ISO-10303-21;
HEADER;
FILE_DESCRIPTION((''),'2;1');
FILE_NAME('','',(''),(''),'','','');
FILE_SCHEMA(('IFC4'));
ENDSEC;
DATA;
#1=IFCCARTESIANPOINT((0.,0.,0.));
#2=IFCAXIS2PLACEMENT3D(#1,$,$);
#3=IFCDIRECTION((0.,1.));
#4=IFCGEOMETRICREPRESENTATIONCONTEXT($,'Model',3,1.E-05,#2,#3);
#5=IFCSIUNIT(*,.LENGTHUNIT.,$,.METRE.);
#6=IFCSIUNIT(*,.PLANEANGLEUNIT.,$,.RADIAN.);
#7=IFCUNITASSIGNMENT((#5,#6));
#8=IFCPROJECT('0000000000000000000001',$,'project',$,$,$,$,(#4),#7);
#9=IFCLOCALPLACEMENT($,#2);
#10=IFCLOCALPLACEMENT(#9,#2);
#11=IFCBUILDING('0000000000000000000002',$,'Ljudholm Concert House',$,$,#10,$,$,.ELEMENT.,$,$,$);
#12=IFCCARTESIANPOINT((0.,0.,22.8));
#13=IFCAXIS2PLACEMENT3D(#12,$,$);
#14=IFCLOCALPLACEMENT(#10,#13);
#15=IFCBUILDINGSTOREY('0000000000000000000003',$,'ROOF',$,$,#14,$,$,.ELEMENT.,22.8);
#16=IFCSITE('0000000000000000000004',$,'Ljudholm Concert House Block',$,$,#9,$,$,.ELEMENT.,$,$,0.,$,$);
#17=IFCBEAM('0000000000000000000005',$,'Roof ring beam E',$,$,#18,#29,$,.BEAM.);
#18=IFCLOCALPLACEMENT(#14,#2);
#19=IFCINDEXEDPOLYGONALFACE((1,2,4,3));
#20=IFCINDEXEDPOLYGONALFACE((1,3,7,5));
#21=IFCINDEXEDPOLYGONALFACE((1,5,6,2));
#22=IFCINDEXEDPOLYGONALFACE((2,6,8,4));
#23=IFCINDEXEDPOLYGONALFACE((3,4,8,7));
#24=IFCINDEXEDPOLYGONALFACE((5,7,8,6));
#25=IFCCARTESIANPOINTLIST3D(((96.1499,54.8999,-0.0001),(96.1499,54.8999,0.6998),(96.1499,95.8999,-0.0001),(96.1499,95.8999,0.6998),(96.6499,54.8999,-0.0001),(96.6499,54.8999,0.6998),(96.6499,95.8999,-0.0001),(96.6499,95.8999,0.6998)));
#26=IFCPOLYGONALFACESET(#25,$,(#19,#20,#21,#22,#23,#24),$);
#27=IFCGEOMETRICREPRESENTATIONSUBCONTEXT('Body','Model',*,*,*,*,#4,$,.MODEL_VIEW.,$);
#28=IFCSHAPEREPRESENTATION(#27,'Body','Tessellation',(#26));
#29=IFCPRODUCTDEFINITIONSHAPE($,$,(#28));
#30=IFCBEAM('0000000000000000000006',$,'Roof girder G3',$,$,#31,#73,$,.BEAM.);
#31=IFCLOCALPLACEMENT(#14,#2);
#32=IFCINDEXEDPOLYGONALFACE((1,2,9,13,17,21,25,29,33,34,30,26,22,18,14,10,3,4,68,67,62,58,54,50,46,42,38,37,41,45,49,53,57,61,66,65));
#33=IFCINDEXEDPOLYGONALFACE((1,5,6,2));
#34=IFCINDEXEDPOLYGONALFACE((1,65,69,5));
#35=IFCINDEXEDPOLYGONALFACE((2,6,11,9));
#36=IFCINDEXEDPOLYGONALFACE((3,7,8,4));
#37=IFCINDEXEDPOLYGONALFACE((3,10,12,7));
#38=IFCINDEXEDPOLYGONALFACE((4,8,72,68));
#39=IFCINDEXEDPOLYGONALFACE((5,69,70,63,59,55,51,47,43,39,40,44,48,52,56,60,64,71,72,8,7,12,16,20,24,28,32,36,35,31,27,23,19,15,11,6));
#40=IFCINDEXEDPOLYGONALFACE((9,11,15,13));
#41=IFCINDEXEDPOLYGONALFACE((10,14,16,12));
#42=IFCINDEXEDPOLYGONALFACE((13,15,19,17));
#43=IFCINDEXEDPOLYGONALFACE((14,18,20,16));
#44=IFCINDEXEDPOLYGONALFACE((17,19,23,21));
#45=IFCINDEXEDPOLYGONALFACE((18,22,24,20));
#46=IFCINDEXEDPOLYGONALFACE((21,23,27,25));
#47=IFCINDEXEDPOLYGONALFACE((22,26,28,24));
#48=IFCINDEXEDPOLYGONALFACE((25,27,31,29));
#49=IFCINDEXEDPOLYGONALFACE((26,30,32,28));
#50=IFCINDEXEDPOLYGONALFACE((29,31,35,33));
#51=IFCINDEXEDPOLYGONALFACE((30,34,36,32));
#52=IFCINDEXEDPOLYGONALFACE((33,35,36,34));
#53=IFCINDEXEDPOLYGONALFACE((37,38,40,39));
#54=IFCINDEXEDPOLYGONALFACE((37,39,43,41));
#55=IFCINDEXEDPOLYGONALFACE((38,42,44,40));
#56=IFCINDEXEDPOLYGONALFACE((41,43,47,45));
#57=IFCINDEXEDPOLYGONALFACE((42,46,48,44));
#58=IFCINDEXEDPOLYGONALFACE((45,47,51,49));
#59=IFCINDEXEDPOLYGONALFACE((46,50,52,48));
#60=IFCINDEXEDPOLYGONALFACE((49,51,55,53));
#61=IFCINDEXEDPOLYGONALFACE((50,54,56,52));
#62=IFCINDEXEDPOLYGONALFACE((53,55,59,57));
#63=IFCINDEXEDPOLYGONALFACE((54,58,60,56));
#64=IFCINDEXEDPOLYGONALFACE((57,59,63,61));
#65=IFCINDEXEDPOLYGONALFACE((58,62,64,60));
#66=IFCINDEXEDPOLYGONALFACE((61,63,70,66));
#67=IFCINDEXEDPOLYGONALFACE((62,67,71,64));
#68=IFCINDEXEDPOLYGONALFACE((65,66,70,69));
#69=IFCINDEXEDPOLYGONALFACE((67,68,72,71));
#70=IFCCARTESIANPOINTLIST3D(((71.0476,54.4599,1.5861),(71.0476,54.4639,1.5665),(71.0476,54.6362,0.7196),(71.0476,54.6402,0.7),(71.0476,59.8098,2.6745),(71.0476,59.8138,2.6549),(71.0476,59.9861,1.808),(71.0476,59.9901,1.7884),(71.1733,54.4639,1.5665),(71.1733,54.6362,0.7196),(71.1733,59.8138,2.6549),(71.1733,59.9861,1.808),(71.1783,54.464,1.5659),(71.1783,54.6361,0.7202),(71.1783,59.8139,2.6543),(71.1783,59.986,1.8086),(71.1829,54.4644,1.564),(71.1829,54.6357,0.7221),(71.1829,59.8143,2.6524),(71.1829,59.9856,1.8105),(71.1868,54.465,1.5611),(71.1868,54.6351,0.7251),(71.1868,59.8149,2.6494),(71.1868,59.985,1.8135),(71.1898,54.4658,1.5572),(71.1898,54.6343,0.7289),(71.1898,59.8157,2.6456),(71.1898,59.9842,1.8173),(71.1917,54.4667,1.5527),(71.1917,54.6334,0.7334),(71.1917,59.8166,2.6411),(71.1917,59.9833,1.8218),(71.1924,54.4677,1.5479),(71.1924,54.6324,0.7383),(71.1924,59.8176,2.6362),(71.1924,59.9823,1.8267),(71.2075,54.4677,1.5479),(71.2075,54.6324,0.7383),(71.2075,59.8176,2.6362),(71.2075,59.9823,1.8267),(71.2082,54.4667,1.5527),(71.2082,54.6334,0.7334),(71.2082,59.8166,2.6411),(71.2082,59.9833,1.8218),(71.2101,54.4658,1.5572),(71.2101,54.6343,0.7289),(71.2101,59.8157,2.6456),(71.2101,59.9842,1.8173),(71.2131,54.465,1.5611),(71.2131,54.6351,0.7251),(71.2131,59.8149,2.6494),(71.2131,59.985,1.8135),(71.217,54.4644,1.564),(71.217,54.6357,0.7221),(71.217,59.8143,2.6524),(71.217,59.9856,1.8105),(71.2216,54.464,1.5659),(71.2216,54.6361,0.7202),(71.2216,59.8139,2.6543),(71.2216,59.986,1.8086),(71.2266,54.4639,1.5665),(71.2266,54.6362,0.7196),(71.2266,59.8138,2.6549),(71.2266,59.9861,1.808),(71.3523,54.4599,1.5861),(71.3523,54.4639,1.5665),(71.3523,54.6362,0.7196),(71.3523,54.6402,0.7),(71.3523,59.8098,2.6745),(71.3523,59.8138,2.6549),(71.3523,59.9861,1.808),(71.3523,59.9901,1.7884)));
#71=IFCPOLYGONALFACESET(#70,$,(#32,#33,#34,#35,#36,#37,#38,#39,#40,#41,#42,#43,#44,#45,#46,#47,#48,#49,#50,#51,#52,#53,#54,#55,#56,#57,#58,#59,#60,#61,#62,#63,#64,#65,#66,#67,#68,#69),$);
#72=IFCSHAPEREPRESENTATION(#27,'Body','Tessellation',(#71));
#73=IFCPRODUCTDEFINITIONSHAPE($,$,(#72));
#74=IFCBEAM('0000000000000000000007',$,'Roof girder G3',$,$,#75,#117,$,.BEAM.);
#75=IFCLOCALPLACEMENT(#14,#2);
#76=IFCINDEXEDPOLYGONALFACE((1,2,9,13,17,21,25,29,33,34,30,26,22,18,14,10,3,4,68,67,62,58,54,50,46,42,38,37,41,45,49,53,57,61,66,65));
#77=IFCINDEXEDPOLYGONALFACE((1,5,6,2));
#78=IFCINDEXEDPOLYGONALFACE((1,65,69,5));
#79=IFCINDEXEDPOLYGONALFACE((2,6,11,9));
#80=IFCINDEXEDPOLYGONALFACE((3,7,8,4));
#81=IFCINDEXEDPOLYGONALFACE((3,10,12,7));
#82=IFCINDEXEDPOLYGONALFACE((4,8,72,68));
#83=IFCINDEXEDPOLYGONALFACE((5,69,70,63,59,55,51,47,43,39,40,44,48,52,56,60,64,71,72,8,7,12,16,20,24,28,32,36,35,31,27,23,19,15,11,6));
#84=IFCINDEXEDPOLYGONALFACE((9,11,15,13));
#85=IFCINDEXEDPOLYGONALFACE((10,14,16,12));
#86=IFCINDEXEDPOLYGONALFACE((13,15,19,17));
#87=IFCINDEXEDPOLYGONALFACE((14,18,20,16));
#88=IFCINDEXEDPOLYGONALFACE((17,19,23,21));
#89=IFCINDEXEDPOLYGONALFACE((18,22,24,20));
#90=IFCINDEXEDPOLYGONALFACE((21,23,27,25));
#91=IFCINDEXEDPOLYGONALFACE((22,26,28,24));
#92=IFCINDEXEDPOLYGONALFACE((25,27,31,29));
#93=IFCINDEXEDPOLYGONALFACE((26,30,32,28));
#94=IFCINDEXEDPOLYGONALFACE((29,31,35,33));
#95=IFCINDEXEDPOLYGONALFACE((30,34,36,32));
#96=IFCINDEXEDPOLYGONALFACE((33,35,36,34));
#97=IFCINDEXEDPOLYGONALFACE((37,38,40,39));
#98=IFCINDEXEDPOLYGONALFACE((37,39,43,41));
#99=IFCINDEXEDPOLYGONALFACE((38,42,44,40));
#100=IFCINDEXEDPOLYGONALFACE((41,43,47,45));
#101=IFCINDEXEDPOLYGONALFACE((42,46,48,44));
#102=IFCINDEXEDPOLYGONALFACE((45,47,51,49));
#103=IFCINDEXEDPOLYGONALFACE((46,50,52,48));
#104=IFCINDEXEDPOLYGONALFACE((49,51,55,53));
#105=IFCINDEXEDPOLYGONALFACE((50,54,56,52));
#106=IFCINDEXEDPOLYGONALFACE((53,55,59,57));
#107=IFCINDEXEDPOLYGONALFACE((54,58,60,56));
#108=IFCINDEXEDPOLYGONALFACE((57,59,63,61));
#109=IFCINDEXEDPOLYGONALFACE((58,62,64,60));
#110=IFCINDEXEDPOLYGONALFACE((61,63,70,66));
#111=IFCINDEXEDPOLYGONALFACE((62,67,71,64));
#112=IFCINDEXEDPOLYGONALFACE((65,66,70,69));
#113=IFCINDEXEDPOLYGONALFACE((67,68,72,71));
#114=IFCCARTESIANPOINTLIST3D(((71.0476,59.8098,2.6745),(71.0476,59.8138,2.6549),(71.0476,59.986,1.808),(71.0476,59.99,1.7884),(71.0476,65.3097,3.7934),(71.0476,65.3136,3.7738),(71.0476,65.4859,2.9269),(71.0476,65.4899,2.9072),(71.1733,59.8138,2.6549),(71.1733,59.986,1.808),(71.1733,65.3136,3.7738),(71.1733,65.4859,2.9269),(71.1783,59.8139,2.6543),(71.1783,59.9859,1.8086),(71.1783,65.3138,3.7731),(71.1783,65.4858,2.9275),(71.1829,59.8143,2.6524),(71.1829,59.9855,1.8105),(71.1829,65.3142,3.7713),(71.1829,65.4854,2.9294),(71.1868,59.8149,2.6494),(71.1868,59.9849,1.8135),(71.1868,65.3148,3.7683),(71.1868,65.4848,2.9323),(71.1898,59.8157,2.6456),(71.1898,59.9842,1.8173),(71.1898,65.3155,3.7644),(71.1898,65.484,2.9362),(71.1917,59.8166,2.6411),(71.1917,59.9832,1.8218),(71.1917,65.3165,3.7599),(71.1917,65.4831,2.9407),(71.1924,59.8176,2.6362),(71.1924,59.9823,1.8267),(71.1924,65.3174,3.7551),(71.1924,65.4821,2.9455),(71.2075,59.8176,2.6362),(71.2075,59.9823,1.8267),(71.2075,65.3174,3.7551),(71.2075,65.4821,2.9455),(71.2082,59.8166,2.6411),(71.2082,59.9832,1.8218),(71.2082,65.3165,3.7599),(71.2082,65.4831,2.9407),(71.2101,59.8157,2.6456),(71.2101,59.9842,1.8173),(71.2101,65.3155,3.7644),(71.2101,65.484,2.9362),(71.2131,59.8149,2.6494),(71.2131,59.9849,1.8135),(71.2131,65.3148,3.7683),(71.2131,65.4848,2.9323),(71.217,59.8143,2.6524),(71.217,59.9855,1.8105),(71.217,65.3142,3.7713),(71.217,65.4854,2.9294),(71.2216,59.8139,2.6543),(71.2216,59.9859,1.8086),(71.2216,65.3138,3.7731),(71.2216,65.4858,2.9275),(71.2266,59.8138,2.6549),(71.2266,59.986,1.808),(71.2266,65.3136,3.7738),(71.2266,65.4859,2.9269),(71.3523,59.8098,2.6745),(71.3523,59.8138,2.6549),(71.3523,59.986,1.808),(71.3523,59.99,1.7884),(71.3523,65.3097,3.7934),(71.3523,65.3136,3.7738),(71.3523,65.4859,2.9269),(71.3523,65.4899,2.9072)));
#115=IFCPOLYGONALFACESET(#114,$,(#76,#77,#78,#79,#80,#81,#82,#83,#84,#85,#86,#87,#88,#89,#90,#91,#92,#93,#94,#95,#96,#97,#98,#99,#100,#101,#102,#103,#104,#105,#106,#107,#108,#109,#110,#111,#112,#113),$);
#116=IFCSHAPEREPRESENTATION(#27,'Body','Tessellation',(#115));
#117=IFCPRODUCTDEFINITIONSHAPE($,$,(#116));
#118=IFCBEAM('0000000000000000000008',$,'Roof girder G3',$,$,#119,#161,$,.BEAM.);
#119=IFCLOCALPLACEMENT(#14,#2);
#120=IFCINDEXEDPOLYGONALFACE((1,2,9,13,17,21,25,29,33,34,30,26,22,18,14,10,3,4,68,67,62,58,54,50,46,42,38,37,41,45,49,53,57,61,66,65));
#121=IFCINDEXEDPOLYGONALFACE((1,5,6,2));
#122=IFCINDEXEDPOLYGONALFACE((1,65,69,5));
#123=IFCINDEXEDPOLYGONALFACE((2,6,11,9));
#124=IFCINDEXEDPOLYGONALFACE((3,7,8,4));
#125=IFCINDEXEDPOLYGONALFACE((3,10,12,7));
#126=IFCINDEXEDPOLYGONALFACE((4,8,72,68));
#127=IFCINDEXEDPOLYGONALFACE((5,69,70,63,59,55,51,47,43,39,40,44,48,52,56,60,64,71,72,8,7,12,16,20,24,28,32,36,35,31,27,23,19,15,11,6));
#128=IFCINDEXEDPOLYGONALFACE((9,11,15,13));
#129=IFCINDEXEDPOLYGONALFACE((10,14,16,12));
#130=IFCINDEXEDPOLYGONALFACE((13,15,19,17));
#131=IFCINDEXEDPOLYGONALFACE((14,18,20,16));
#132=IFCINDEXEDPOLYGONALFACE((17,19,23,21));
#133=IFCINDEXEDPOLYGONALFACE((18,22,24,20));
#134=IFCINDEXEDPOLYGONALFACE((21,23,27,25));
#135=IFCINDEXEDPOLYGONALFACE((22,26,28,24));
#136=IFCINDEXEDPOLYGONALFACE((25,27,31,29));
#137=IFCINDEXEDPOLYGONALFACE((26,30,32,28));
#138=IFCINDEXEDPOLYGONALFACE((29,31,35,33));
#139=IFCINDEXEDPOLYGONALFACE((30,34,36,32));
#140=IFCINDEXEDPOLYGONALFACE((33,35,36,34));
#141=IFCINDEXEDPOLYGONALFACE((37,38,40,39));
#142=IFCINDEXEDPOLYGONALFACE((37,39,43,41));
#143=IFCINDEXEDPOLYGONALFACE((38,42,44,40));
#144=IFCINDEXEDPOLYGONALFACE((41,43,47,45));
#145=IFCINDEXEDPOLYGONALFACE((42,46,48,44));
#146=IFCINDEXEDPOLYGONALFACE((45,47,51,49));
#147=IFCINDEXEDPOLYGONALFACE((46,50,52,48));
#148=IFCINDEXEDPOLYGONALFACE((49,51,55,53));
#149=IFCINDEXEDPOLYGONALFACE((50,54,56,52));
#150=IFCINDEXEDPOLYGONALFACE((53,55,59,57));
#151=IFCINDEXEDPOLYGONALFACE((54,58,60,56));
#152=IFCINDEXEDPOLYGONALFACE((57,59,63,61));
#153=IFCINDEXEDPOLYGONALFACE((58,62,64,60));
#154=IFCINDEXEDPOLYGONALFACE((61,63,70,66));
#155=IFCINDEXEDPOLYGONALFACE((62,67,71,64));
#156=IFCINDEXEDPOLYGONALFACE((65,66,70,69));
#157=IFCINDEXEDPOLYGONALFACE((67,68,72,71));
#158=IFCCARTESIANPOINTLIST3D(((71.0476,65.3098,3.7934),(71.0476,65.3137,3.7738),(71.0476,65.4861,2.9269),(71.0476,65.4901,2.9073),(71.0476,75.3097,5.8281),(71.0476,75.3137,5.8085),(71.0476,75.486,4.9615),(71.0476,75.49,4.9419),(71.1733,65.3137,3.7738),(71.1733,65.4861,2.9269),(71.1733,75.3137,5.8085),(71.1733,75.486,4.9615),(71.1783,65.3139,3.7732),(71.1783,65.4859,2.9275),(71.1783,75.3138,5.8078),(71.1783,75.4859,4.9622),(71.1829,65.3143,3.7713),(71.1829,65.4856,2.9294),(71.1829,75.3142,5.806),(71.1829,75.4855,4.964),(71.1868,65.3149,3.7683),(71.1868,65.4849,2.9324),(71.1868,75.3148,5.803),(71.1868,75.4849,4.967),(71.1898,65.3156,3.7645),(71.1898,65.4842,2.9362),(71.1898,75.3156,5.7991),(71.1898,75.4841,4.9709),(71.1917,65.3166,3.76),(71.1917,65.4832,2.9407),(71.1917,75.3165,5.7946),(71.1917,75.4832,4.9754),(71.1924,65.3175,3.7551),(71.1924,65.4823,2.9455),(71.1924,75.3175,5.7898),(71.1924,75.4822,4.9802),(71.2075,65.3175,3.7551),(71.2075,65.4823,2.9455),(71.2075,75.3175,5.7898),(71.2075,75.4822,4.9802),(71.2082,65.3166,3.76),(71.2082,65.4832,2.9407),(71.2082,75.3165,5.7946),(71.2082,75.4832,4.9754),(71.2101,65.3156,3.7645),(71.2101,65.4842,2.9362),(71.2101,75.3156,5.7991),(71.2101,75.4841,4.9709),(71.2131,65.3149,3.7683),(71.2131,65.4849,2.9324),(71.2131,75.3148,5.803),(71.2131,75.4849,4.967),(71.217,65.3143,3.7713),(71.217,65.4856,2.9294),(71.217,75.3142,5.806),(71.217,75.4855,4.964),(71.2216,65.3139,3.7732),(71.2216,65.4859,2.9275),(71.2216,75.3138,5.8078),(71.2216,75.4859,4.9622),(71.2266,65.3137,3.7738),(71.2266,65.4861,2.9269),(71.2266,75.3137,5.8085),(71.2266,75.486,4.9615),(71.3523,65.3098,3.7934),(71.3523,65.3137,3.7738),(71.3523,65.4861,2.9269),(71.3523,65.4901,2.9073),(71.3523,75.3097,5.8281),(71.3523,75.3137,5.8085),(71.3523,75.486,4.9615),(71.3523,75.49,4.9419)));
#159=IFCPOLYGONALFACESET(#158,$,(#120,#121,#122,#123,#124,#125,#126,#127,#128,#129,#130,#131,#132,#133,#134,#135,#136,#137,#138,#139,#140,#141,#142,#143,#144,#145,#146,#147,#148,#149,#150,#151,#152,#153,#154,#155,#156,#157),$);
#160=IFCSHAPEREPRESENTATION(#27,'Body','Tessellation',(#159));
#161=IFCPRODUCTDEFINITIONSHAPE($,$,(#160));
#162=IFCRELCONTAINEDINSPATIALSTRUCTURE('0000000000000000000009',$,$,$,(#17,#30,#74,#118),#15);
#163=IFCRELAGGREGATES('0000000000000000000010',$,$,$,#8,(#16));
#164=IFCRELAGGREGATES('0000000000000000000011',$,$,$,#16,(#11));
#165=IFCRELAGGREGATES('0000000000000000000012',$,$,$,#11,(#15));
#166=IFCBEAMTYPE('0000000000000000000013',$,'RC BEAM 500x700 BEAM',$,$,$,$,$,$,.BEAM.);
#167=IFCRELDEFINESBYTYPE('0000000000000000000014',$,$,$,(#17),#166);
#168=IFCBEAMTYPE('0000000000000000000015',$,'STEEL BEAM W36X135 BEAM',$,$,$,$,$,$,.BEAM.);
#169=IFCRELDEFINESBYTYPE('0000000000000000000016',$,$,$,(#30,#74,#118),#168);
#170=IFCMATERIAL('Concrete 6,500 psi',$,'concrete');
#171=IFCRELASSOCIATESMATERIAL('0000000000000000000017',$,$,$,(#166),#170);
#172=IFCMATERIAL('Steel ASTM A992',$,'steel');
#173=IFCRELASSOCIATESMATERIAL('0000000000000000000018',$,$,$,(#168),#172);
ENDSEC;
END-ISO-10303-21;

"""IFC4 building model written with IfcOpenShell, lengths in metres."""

from ifc_helpers import new_model, si_unit, direction, frame, origin, origin_2d, place, context, subcontext, project, spatial, rectangle, i_section, extrude, material, material_profile, profile_set, type_object, element, save


model = new_model("IFC4")

# Units and contexts
model_context = context("Model", 3, precision=1e-05, world=origin(), true_north=direction((0.0, 1.0)))
body_context = subcontext(model_context, "Body", "Model", "MODEL_VIEW")
ifc_project = project(units=[si_unit("LENGTHUNIT", "METRE"), si_unit("PLANEANGLEUNIT", "RADIAN")], contexts=[model_context])

# Site, building, storey
site_placement = place(None, origin())
site = spatial("IfcSite", under=ifc_project, at=site_placement, Name="Ljudholm Concert House Block", CompositionType="ELEMENT", RefElevation=0.0)
building_placement = place(site_placement, origin())
building = spatial("IfcBuilding", under=site, at=building_placement, Name="Ljudholm Concert House", CompositionType="ELEMENT")
storey_placement = place(building_placement, frame((0.0, 0.0, 22.8)))
storey = spatial("IfcBuildingStorey", under=building, at=storey_placement, Name="ROOF", CompositionType="ELEMENT", Elevation=22.8)

# Beams
ifc_material_1 = material(Name="Concrete 6,500 psi", Category="concrete")
ifc_material_profile_1 = material_profile(ifc_material_1, rectangle(XDim=0.5, YDim=0.7, at=origin_2d()), Name="RC BEAM 500x700 BEAM")
ifc_profile_set_1 = profile_set([ifc_material_profile_1], Name="Concrete 6,500 psi")
beam_type_1 = type_object("IfcBeamType", Name="RC BEAM 500x700 BEAM", PredefinedType="BEAM", material=ifc_profile_set_1)
beam_1_placement = place(storey_placement, frame((96.3999, 54.8999, 0.3499), z_axis=(0.0, 1.0, 0.0), x_axis=(-1.0, 0.0, 0.0)))
element("IfcBeam", 1, at=beam_1_placement, inside=storey, type_object=beam_type_1, Name="Roof ring beam E", PredefinedType="BEAM", context=body_context, shape_type="SweptSolid", body=[
    extrude(rectangle(XDim=0.5, YDim=0.7, at=origin_2d()), origin(), (0.0, 0.0, 1.0), 41.0),
])
ifc_material_2 = material(Name="Steel ASTM A992", Category="steel")
ifc_material_profile_2 = material_profile(ifc_material_2, i_section(OverallWidth=0.3047, OverallDepth=0.9043, WebThickness=0.0151, FlangeThickness=0.02, FilletRadius=0.019, at=origin_2d()), Name="W36X135")
ifc_profile_set_2 = profile_set([ifc_material_profile_2], Name="Steel ASTM A992")
beam_type_2 = type_object("IfcBeamType", Name="STEEL BEAM W36X135 BEAM", PredefinedType="BEAM", material=ifc_profile_set_2)
beam_2_placement = place(storey_placement, frame((71.2, 54.55, 1.1431), z_axis=(0.0, 0.979927, 0.199357), x_axis=(-1.0, 0.0, 0.0)))
element("IfcBeam", 2, at=beam_2_placement, inside=storey, type_object=beam_type_2, Name="Roof girder G3", PredefinedType="BEAM", context=body_context, shape_type="SweptSolid", body=[
    extrude(i_section(OverallWidth=0.3047, OverallDepth=0.9043, WebThickness=0.0151, FlangeThickness=0.02, FilletRadius=0.019, at=origin_2d()), origin(), (0.0, 0.0, 1.0), 5.4595),
])
beam_3_placement = place(storey_placement, frame((71.2, 59.8999, 2.2314), z_axis=(0.0, 0.979928, 0.199352), x_axis=(-1.0, 0.0, 0.0)))
element("IfcBeam", 3, at=beam_3_placement, inside=storey, type_object=beam_type_2, Name="Roof girder G3", PredefinedType="BEAM", context=body_context, shape_type="SweptSolid", body=[
    extrude(i_section(OverallWidth=0.3047, OverallDepth=0.9043, WebThickness=0.0151, FlangeThickness=0.02, FilletRadius=0.019, at=origin_2d()), origin(), (0.0, 0.0, 1.0), 5.6125),
])
beam_4_placement = place(storey_placement, frame((71.2, 65.3999, 3.3503), z_axis=(0.0, 0.979922, 0.199382), x_axis=(-1.0, 0.0, 0.0)))
element("IfcBeam", 4, at=beam_4_placement, inside=storey, type_object=beam_type_2, Name="Roof girder G3", PredefinedType="BEAM", context=body_context, shape_type="SweptSolid", body=[
    extrude(i_section(OverallWidth=0.3047, OverallDepth=0.9043, WebThickness=0.0151, FlangeThickness=0.02, FilletRadius=0.019, at=origin_2d()), origin(), (0.0, 0.0, 1.0), 10.2048),
])

save(model, "model.ifc")
